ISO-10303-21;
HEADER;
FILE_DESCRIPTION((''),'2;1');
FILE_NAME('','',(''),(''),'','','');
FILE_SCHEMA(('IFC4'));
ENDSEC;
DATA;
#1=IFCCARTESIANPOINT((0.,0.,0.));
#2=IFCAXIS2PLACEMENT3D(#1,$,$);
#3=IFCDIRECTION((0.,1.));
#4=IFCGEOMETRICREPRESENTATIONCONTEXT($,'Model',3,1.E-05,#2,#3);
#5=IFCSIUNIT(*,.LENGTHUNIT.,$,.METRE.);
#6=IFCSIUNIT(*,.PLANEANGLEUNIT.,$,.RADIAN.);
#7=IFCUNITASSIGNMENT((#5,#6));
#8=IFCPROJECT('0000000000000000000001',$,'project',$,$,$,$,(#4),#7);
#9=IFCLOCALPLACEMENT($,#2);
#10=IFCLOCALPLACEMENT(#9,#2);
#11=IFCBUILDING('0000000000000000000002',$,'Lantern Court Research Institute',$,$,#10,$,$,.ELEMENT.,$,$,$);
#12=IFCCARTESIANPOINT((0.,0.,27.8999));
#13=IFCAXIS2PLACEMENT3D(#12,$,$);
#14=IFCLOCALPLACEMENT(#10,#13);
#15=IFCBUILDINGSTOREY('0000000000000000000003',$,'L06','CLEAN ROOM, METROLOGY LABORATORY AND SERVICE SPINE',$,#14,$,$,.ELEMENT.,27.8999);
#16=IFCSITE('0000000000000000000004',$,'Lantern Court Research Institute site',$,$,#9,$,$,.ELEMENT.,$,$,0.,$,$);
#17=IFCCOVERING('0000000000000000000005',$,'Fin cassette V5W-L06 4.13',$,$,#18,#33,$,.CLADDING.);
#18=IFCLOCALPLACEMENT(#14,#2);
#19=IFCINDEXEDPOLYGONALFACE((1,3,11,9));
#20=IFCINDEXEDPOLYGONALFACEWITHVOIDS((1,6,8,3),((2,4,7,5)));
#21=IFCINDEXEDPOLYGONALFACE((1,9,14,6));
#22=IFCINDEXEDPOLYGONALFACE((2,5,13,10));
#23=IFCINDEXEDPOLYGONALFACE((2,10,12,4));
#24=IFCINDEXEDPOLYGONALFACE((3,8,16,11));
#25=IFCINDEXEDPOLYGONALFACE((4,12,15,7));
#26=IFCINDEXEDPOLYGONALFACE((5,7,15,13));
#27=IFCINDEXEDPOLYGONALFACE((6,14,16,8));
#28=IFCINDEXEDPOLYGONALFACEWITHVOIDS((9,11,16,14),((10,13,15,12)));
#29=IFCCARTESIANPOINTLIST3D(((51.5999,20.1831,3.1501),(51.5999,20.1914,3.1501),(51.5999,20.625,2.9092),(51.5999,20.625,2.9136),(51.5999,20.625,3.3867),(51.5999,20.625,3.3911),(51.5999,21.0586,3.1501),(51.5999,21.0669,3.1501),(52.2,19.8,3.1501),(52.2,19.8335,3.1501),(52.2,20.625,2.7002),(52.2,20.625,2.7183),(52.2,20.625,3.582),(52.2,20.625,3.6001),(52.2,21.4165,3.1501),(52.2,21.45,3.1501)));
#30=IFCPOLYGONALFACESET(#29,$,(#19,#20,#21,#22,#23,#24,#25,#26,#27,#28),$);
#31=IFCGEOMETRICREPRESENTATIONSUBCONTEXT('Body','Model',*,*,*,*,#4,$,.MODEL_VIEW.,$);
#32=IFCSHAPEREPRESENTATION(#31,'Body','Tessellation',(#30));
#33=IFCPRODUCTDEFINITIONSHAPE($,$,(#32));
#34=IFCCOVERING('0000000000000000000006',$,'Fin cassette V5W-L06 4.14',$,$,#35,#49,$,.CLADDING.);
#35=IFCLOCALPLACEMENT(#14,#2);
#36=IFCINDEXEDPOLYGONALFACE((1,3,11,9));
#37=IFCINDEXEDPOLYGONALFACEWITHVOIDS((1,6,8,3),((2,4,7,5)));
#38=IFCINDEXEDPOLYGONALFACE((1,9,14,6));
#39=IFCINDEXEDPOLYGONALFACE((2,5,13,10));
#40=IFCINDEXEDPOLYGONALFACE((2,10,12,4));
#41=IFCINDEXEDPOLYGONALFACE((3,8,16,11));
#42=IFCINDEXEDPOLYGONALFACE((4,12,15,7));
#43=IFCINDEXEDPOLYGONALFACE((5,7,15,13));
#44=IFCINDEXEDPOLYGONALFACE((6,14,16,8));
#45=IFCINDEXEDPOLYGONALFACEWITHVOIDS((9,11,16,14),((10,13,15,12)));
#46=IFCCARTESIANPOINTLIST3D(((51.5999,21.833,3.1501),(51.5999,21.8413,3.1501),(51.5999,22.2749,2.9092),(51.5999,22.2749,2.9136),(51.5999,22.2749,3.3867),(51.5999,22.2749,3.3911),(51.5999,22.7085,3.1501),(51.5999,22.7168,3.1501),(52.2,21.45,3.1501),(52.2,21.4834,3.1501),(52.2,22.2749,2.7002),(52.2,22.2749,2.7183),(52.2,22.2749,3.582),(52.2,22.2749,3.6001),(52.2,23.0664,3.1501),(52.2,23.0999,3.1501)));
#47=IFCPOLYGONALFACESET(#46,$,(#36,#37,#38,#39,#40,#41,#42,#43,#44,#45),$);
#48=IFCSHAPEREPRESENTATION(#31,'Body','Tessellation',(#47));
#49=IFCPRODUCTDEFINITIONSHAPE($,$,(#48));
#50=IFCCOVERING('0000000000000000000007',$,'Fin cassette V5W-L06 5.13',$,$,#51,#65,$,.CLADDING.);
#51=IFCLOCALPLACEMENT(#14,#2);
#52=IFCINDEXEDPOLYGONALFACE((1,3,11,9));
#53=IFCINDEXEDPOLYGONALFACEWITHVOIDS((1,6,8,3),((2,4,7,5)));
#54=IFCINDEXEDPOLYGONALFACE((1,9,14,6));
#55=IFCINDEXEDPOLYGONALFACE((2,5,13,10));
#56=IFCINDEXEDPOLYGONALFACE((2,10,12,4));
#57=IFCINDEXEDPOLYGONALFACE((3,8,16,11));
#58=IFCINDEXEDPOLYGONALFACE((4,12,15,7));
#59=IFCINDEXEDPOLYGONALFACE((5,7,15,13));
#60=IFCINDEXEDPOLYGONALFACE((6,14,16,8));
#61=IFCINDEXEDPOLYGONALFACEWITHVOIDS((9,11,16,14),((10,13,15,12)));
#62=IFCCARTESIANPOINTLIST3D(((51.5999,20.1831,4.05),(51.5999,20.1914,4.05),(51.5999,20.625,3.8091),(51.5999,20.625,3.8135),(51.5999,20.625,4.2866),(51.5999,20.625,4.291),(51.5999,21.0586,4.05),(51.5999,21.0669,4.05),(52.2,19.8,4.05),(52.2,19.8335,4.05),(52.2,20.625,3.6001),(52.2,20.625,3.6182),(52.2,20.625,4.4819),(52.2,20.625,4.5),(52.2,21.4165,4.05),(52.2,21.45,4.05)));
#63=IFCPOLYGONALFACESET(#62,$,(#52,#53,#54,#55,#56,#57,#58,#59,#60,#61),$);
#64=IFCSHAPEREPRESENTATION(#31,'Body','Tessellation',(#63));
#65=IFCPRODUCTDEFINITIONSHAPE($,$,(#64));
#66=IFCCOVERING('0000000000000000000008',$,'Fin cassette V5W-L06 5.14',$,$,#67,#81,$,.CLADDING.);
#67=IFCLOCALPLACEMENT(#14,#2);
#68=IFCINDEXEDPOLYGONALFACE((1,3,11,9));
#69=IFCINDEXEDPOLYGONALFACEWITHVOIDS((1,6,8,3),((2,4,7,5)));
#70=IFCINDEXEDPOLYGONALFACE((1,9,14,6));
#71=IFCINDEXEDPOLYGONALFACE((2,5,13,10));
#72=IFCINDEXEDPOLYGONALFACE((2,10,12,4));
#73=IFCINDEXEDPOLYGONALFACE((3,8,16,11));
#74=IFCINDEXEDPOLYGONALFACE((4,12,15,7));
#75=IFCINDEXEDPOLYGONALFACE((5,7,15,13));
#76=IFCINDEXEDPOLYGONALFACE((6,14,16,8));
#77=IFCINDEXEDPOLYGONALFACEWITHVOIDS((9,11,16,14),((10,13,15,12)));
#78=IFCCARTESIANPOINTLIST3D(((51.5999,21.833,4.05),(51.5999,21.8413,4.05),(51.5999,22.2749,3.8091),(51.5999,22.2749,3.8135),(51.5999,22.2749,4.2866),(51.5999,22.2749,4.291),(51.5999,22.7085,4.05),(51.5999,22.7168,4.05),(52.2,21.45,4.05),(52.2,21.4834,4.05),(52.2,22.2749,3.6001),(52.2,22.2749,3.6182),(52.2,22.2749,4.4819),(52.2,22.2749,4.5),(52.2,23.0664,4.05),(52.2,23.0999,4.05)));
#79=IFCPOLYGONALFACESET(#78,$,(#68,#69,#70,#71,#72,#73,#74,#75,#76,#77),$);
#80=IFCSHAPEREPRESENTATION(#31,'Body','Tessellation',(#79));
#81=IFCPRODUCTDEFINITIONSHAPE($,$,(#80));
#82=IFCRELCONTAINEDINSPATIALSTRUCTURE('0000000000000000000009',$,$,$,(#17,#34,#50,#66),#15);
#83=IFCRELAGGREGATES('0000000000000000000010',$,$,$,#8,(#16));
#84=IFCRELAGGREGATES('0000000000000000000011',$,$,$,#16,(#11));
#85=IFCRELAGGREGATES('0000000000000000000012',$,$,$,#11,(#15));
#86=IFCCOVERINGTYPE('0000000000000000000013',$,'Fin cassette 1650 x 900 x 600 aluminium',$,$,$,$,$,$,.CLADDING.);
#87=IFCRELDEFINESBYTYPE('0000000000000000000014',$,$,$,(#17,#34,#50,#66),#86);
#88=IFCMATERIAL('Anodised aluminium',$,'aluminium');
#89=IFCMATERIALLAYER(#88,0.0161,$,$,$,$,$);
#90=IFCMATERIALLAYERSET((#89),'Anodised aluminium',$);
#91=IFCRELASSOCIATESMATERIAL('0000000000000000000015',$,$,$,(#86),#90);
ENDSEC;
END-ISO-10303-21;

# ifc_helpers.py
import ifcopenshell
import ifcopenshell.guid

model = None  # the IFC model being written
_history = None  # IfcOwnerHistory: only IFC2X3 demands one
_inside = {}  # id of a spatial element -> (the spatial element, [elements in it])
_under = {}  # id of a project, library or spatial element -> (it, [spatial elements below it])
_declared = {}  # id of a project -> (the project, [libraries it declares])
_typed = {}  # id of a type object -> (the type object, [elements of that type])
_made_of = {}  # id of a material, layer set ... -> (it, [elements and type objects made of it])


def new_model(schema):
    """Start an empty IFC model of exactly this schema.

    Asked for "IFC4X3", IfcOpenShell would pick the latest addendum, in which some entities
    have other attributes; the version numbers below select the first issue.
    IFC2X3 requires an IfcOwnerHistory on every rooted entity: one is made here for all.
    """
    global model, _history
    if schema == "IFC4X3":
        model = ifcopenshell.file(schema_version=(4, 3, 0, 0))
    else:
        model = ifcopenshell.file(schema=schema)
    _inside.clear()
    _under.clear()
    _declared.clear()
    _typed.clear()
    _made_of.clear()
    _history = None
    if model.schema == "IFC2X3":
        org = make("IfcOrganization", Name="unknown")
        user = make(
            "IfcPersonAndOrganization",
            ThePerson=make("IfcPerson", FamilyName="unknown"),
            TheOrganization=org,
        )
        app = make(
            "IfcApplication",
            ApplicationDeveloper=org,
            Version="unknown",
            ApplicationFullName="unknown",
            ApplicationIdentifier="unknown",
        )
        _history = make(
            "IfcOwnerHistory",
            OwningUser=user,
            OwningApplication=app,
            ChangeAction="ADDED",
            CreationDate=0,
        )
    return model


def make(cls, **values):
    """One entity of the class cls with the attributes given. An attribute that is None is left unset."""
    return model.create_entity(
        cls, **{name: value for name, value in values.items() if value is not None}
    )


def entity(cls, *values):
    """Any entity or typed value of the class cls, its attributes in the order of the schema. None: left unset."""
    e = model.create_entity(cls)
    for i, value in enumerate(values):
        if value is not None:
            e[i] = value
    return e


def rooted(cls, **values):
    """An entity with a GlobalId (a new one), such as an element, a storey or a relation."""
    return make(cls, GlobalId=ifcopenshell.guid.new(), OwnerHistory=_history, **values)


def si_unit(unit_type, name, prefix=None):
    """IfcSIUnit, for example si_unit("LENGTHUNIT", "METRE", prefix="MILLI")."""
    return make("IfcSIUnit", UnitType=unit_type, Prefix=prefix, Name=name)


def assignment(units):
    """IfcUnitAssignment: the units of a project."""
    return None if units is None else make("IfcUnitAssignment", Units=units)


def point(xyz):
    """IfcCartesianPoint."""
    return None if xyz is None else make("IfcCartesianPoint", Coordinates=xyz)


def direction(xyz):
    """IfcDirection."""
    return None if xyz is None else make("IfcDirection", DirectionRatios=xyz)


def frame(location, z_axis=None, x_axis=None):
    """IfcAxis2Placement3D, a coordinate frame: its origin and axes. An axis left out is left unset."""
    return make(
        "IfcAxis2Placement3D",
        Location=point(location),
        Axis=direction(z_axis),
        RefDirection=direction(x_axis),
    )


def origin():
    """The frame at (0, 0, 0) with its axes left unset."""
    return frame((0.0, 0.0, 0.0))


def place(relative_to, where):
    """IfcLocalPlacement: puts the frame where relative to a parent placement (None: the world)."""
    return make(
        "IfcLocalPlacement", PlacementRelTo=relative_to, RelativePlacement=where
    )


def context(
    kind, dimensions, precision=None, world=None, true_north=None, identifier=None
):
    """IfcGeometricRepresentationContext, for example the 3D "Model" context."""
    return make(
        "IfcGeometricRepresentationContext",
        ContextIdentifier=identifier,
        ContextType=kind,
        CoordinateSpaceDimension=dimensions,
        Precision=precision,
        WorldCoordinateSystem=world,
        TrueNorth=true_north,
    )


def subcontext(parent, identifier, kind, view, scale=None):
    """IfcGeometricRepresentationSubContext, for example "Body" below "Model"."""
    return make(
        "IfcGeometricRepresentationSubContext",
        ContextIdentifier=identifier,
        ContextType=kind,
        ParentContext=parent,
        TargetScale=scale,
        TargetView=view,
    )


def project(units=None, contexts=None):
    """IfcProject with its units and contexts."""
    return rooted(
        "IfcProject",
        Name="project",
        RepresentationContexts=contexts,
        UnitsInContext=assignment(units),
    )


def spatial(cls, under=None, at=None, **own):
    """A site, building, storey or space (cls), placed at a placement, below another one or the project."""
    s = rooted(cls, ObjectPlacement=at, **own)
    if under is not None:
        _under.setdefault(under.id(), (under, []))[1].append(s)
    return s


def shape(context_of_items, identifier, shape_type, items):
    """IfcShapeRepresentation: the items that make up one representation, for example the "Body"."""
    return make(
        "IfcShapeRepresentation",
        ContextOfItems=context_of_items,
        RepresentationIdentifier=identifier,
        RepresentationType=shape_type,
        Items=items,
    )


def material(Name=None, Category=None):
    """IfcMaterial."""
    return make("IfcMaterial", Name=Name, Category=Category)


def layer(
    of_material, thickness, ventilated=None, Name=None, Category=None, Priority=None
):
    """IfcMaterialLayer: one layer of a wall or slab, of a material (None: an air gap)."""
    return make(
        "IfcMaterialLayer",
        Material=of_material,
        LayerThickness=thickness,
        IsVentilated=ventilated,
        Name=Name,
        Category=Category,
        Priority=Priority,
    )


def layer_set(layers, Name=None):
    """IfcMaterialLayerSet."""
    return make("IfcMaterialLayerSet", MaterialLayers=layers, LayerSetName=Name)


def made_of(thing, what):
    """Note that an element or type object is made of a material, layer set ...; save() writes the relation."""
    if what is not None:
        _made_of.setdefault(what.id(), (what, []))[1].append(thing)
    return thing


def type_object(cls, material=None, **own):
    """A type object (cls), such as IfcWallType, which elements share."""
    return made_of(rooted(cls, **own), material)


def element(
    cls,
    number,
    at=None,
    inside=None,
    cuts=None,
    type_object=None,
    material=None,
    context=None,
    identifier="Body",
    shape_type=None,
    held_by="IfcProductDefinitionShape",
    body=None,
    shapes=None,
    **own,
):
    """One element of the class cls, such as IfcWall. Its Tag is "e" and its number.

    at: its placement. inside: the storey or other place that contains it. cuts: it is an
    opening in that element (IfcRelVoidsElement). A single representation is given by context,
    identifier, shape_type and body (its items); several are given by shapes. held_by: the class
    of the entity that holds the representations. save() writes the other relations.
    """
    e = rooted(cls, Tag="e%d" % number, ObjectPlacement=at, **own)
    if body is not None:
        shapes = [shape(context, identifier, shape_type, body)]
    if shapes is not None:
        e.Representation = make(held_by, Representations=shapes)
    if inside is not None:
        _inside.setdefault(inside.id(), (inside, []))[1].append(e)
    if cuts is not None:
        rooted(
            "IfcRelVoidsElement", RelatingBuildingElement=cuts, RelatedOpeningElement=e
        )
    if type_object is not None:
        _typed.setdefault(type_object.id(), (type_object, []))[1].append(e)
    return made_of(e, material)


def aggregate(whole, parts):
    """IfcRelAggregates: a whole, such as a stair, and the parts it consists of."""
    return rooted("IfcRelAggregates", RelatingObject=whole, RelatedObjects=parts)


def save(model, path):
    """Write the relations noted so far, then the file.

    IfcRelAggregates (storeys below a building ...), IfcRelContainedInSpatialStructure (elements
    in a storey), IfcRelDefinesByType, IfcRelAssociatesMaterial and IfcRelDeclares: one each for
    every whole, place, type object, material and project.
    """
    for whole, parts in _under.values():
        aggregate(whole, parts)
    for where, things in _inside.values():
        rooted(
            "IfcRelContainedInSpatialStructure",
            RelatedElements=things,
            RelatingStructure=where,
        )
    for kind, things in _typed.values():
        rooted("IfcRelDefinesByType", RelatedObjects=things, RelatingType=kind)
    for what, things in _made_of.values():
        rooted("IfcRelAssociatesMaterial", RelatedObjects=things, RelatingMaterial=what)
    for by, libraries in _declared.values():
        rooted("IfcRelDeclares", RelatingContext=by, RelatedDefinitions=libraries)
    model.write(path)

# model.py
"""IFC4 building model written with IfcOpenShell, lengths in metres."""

from ifc_helpers import new_model, entity, si_unit, direction, frame, origin, place, context, subcontext, project, spatial, material, layer, layer_set, type_object, element, save


model = new_model("IFC4")

# Units and contexts
model_context = context("Model", 3, precision=1e-05, world=origin(), true_north=direction((0.0, 1.0)))
body_context = subcontext(model_context, "Body", "Model", "MODEL_VIEW")
ifc_project = project(units=[si_unit("LENGTHUNIT", "METRE"), si_unit("PLANEANGLEUNIT", "RADIAN")], contexts=[model_context])

# Site, building, storey
site_placement = place(None, origin())
site = spatial("IfcSite", under=ifc_project, at=site_placement, Name="Lantern Court Research Institute site", CompositionType="ELEMENT", RefElevation=0.0)
building_placement = place(site_placement, origin())
building = spatial("IfcBuilding", under=site, at=building_placement, Name="Lantern Court Research Institute", CompositionType="ELEMENT")
storey_placement = place(building_placement, frame((0.0, 0.0, 27.8999)))
storey = spatial("IfcBuildingStorey", under=building, at=storey_placement, Name="L06", Description="CLEAN ROOM, METROLOGY LABORATORY AND SERVICE SPINE", CompositionType="ELEMENT", Elevation=27.8999)

# Coverings
ifc_material_1 = material(Name="Anodised aluminium", Category="aluminium")
ifc_layer_1 = layer(ifc_material_1, 0.0161)
ifc_layer_set_1 = layer_set([ifc_layer_1], Name="Anodised aluminium")
covering_type = type_object("IfcCoveringType", Name="Fin cassette 1650 x 900 x 600 aluminium", PredefinedType="CLADDING", material=ifc_layer_set_1)
covering_1_placement = place(storey_placement, frame((52.2, 20.625, 3.1501), z_axis=(-1.0, 0.0, 0.0), x_axis=(0.0, -1.0, 0.0)))
cartesian_point_1 = entity("IfcCartesianPoint", [0.825, 0.0])
cartesian_point_2 = entity("IfcCartesianPoint", [0.7915, 0.0])
cartesian_point_3 = entity("IfcCartesianPoint", [0.4419, 0.0])
cartesian_point_4 = entity("IfcCartesianPoint", [0.4336, 0.0])
element("IfcCovering", 1, at=covering_1_placement, inside=storey, type_object=covering_type, Name="Fin cassette V5W-L06 4.13", PredefinedType="CLADDING", context=body_context, shape_type="SweptSolid", body=[
    entity("IfcExtrudedAreaSolidTapered", entity("IfcArbitraryProfileDefWithVoids", "AREA", None, entity("IfcPolyline", [cartesian_point_1, entity("IfcCartesianPoint", [0.0, 0.45]), entity("IfcCartesianPoint", [-0.825, 0.0]), entity("IfcCartesianPoint", [0.0, -0.45]), cartesian_point_1]), [entity("IfcPolyline", [cartesian_point_2, entity("IfcCartesianPoint", [0.0, 0.4319]), entity("IfcCartesianPoint", [-0.7915, 0.0]), entity("IfcCartesianPoint", [0.0, -0.4319]), cartesian_point_2])]), entity("IfcAxis2Placement3D", entity("IfcCartesianPoint", [0.0, 0.0, 0.0])), entity("IfcDirection", [0.0, 0.0, 1.0]), 0.6001, entity("IfcArbitraryProfileDefWithVoids", "AREA", None, entity("IfcPolyline", [cartesian_point_3, entity("IfcCartesianPoint", [0.0, 0.241]), entity("IfcCartesianPoint", [-0.4419, 0.0]), entity("IfcCartesianPoint", [0.0, -0.241]), cartesian_point_3]), [entity("IfcPolyline", [cartesian_point_4, entity("IfcCartesianPoint", [0.0, 0.2366]), entity("IfcCartesianPoint", [-0.4336, 0.0]), entity("IfcCartesianPoint", [0.0, -0.2366]), cartesian_point_4])])),
])
covering_2_placement = place(storey_placement, frame((52.2, 22.2749, 3.1501), z_axis=(-1.0, 0.0, 0.0), x_axis=(0.0, -1.0, 0.0)))
cartesian_point_5 = entity("IfcCartesianPoint", [0.825, 0.0])
cartesian_point_6 = entity("IfcCartesianPoint", [0.7915, 0.0])
cartesian_point_7 = entity("IfcCartesianPoint", [0.4419, 0.0])
cartesian_point_8 = entity("IfcCartesianPoint", [0.4336, 0.0])
element("IfcCovering", 2, at=covering_2_placement, inside=storey, type_object=covering_type, Name="Fin cassette V5W-L06 4.14", PredefinedType="CLADDING", context=body_context, shape_type="SweptSolid", body=[
    entity("IfcExtrudedAreaSolidTapered", entity("IfcArbitraryProfileDefWithVoids", "AREA", None, entity("IfcPolyline", [cartesian_point_5, entity("IfcCartesianPoint", [0.0, 0.45]), entity("IfcCartesianPoint", [-0.825, 0.0]), entity("IfcCartesianPoint", [0.0, -0.45]), cartesian_point_5]), [entity("IfcPolyline", [cartesian_point_6, entity("IfcCartesianPoint", [0.0, 0.4319]), entity("IfcCartesianPoint", [-0.7915, 0.0]), entity("IfcCartesianPoint", [0.0, -0.4319]), cartesian_point_6])]), entity("IfcAxis2Placement3D", entity("IfcCartesianPoint", [0.0, 0.0, 0.0])), entity("IfcDirection", [0.0, 0.0, 1.0]), 0.6001, entity("IfcArbitraryProfileDefWithVoids", "AREA", None, entity("IfcPolyline", [cartesian_point_7, entity("IfcCartesianPoint", [0.0, 0.241]), entity("IfcCartesianPoint", [-0.4419, 0.0]), entity("IfcCartesianPoint", [0.0, -0.241]), cartesian_point_7]), [entity("IfcPolyline", [cartesian_point_8, entity("IfcCartesianPoint", [0.0, 0.2366]), entity("IfcCartesianPoint", [-0.4336, 0.0]), entity("IfcCartesianPoint", [0.0, -0.2366]), cartesian_point_8])])),
])
covering_3_placement = place(storey_placement, frame((52.2, 20.625, 4.05), z_axis=(-1.0, 0.0, 0.0), x_axis=(0.0, -1.0, 0.0)))
cartesian_point_9 = entity("IfcCartesianPoint", [0.825, 0.0])
cartesian_point_10 = entity("IfcCartesianPoint", [0.7915, 0.0])
cartesian_point_11 = entity("IfcCartesianPoint", [0.4419, 0.0])
cartesian_point_12 = entity("IfcCartesianPoint", [0.4336, 0.0])
element("IfcCovering", 3, at=covering_3_placement, inside=storey, type_object=covering_type, Name="Fin cassette V5W-L06 5.13", PredefinedType="CLADDING", context=body_context, shape_type="SweptSolid", body=[
    entity("IfcExtrudedAreaSolidTapered", entity("IfcArbitraryProfileDefWithVoids", "AREA", None, entity("IfcPolyline", [cartesian_point_9, entity("IfcCartesianPoint", [0.0, 0.45]), entity("IfcCartesianPoint", [-0.825, 0.0]), entity("IfcCartesianPoint", [0.0, -0.45]), cartesian_point_9]), [entity("IfcPolyline", [cartesian_point_10, entity("IfcCartesianPoint", [0.0, 0.4319]), entity("IfcCartesianPoint", [-0.7915, 0.0]), entity("IfcCartesianPoint", [0.0, -0.4319]), cartesian_point_10])]), entity("IfcAxis2Placement3D", entity("IfcCartesianPoint", [0.0, 0.0, 0.0])), entity("IfcDirection", [0.0, 0.0, 1.0]), 0.6001, entity("IfcArbitraryProfileDefWithVoids", "AREA", None, entity("IfcPolyline", [cartesian_point_11, entity("IfcCartesianPoint", [0.0, 0.241]), entity("IfcCartesianPoint", [-0.4419, 0.0]), entity("IfcCartesianPoint", [0.0, -0.241]), cartesian_point_11]), [entity("IfcPolyline", [cartesian_point_12, entity("IfcCartesianPoint", [0.0, 0.2366]), entity("IfcCartesianPoint", [-0.4336, 0.0]), entity("IfcCartesianPoint", [0.0, -0.2366]), cartesian_point_12])])),
])
covering_4_placement = place(storey_placement, frame((52.2, 22.2749, 4.05), z_axis=(-1.0, 0.0, 0.0), x_axis=(0.0, -1.0, 0.0)))
cartesian_point_13 = entity("IfcCartesianPoint", [0.825, 0.0])
cartesian_point_14 = entity("IfcCartesianPoint", [0.7915, 0.0])
cartesian_point_15 = entity("IfcCartesianPoint", [0.4419, 0.0])
cartesian_point_16 = entity("IfcCartesianPoint", [0.4336, 0.0])
element("IfcCovering", 4, at=covering_4_placement, inside=storey, type_object=covering_type, Name="Fin cassette V5W-L06 5.14", PredefinedType="CLADDING", context=body_context, shape_type="SweptSolid", body=[
    entity("IfcExtrudedAreaSolidTapered", entity("IfcArbitraryProfileDefWithVoids", "AREA", None, entity("IfcPolyline", [cartesian_point_13, entity("IfcCartesianPoint", [0.0, 0.45]), entity("IfcCartesianPoint", [-0.825, 0.0]), entity("IfcCartesianPoint", [0.0, -0.45]), cartesian_point_13]), [entity("IfcPolyline", [cartesian_point_14, entity("IfcCartesianPoint", [0.0, 0.4319]), entity("IfcCartesianPoint", [-0.7915, 0.0]), entity("IfcCartesianPoint", [0.0, -0.4319]), cartesian_point_14])]), entity("IfcAxis2Placement3D", entity("IfcCartesianPoint", [0.0, 0.0, 0.0])), entity("IfcDirection", [0.0, 0.0, 1.0]), 0.6001, entity("IfcArbitraryProfileDefWithVoids", "AREA", None, entity("IfcPolyline", [cartesian_point_15, entity("IfcCartesianPoint", [0.0, 0.241]), entity("IfcCartesianPoint", [-0.4419, 0.0]), entity("IfcCartesianPoint", [0.0, -0.241]), cartesian_point_15]), [entity("IfcPolyline", [cartesian_point_16, entity("IfcCartesianPoint", [0.0, 0.2366]), entity("IfcCartesianPoint", [-0.4336, 0.0]), entity("IfcCartesianPoint", [0.0, -0.2366]), cartesian_point_16])])),
])

save(model, "model.ifc")
